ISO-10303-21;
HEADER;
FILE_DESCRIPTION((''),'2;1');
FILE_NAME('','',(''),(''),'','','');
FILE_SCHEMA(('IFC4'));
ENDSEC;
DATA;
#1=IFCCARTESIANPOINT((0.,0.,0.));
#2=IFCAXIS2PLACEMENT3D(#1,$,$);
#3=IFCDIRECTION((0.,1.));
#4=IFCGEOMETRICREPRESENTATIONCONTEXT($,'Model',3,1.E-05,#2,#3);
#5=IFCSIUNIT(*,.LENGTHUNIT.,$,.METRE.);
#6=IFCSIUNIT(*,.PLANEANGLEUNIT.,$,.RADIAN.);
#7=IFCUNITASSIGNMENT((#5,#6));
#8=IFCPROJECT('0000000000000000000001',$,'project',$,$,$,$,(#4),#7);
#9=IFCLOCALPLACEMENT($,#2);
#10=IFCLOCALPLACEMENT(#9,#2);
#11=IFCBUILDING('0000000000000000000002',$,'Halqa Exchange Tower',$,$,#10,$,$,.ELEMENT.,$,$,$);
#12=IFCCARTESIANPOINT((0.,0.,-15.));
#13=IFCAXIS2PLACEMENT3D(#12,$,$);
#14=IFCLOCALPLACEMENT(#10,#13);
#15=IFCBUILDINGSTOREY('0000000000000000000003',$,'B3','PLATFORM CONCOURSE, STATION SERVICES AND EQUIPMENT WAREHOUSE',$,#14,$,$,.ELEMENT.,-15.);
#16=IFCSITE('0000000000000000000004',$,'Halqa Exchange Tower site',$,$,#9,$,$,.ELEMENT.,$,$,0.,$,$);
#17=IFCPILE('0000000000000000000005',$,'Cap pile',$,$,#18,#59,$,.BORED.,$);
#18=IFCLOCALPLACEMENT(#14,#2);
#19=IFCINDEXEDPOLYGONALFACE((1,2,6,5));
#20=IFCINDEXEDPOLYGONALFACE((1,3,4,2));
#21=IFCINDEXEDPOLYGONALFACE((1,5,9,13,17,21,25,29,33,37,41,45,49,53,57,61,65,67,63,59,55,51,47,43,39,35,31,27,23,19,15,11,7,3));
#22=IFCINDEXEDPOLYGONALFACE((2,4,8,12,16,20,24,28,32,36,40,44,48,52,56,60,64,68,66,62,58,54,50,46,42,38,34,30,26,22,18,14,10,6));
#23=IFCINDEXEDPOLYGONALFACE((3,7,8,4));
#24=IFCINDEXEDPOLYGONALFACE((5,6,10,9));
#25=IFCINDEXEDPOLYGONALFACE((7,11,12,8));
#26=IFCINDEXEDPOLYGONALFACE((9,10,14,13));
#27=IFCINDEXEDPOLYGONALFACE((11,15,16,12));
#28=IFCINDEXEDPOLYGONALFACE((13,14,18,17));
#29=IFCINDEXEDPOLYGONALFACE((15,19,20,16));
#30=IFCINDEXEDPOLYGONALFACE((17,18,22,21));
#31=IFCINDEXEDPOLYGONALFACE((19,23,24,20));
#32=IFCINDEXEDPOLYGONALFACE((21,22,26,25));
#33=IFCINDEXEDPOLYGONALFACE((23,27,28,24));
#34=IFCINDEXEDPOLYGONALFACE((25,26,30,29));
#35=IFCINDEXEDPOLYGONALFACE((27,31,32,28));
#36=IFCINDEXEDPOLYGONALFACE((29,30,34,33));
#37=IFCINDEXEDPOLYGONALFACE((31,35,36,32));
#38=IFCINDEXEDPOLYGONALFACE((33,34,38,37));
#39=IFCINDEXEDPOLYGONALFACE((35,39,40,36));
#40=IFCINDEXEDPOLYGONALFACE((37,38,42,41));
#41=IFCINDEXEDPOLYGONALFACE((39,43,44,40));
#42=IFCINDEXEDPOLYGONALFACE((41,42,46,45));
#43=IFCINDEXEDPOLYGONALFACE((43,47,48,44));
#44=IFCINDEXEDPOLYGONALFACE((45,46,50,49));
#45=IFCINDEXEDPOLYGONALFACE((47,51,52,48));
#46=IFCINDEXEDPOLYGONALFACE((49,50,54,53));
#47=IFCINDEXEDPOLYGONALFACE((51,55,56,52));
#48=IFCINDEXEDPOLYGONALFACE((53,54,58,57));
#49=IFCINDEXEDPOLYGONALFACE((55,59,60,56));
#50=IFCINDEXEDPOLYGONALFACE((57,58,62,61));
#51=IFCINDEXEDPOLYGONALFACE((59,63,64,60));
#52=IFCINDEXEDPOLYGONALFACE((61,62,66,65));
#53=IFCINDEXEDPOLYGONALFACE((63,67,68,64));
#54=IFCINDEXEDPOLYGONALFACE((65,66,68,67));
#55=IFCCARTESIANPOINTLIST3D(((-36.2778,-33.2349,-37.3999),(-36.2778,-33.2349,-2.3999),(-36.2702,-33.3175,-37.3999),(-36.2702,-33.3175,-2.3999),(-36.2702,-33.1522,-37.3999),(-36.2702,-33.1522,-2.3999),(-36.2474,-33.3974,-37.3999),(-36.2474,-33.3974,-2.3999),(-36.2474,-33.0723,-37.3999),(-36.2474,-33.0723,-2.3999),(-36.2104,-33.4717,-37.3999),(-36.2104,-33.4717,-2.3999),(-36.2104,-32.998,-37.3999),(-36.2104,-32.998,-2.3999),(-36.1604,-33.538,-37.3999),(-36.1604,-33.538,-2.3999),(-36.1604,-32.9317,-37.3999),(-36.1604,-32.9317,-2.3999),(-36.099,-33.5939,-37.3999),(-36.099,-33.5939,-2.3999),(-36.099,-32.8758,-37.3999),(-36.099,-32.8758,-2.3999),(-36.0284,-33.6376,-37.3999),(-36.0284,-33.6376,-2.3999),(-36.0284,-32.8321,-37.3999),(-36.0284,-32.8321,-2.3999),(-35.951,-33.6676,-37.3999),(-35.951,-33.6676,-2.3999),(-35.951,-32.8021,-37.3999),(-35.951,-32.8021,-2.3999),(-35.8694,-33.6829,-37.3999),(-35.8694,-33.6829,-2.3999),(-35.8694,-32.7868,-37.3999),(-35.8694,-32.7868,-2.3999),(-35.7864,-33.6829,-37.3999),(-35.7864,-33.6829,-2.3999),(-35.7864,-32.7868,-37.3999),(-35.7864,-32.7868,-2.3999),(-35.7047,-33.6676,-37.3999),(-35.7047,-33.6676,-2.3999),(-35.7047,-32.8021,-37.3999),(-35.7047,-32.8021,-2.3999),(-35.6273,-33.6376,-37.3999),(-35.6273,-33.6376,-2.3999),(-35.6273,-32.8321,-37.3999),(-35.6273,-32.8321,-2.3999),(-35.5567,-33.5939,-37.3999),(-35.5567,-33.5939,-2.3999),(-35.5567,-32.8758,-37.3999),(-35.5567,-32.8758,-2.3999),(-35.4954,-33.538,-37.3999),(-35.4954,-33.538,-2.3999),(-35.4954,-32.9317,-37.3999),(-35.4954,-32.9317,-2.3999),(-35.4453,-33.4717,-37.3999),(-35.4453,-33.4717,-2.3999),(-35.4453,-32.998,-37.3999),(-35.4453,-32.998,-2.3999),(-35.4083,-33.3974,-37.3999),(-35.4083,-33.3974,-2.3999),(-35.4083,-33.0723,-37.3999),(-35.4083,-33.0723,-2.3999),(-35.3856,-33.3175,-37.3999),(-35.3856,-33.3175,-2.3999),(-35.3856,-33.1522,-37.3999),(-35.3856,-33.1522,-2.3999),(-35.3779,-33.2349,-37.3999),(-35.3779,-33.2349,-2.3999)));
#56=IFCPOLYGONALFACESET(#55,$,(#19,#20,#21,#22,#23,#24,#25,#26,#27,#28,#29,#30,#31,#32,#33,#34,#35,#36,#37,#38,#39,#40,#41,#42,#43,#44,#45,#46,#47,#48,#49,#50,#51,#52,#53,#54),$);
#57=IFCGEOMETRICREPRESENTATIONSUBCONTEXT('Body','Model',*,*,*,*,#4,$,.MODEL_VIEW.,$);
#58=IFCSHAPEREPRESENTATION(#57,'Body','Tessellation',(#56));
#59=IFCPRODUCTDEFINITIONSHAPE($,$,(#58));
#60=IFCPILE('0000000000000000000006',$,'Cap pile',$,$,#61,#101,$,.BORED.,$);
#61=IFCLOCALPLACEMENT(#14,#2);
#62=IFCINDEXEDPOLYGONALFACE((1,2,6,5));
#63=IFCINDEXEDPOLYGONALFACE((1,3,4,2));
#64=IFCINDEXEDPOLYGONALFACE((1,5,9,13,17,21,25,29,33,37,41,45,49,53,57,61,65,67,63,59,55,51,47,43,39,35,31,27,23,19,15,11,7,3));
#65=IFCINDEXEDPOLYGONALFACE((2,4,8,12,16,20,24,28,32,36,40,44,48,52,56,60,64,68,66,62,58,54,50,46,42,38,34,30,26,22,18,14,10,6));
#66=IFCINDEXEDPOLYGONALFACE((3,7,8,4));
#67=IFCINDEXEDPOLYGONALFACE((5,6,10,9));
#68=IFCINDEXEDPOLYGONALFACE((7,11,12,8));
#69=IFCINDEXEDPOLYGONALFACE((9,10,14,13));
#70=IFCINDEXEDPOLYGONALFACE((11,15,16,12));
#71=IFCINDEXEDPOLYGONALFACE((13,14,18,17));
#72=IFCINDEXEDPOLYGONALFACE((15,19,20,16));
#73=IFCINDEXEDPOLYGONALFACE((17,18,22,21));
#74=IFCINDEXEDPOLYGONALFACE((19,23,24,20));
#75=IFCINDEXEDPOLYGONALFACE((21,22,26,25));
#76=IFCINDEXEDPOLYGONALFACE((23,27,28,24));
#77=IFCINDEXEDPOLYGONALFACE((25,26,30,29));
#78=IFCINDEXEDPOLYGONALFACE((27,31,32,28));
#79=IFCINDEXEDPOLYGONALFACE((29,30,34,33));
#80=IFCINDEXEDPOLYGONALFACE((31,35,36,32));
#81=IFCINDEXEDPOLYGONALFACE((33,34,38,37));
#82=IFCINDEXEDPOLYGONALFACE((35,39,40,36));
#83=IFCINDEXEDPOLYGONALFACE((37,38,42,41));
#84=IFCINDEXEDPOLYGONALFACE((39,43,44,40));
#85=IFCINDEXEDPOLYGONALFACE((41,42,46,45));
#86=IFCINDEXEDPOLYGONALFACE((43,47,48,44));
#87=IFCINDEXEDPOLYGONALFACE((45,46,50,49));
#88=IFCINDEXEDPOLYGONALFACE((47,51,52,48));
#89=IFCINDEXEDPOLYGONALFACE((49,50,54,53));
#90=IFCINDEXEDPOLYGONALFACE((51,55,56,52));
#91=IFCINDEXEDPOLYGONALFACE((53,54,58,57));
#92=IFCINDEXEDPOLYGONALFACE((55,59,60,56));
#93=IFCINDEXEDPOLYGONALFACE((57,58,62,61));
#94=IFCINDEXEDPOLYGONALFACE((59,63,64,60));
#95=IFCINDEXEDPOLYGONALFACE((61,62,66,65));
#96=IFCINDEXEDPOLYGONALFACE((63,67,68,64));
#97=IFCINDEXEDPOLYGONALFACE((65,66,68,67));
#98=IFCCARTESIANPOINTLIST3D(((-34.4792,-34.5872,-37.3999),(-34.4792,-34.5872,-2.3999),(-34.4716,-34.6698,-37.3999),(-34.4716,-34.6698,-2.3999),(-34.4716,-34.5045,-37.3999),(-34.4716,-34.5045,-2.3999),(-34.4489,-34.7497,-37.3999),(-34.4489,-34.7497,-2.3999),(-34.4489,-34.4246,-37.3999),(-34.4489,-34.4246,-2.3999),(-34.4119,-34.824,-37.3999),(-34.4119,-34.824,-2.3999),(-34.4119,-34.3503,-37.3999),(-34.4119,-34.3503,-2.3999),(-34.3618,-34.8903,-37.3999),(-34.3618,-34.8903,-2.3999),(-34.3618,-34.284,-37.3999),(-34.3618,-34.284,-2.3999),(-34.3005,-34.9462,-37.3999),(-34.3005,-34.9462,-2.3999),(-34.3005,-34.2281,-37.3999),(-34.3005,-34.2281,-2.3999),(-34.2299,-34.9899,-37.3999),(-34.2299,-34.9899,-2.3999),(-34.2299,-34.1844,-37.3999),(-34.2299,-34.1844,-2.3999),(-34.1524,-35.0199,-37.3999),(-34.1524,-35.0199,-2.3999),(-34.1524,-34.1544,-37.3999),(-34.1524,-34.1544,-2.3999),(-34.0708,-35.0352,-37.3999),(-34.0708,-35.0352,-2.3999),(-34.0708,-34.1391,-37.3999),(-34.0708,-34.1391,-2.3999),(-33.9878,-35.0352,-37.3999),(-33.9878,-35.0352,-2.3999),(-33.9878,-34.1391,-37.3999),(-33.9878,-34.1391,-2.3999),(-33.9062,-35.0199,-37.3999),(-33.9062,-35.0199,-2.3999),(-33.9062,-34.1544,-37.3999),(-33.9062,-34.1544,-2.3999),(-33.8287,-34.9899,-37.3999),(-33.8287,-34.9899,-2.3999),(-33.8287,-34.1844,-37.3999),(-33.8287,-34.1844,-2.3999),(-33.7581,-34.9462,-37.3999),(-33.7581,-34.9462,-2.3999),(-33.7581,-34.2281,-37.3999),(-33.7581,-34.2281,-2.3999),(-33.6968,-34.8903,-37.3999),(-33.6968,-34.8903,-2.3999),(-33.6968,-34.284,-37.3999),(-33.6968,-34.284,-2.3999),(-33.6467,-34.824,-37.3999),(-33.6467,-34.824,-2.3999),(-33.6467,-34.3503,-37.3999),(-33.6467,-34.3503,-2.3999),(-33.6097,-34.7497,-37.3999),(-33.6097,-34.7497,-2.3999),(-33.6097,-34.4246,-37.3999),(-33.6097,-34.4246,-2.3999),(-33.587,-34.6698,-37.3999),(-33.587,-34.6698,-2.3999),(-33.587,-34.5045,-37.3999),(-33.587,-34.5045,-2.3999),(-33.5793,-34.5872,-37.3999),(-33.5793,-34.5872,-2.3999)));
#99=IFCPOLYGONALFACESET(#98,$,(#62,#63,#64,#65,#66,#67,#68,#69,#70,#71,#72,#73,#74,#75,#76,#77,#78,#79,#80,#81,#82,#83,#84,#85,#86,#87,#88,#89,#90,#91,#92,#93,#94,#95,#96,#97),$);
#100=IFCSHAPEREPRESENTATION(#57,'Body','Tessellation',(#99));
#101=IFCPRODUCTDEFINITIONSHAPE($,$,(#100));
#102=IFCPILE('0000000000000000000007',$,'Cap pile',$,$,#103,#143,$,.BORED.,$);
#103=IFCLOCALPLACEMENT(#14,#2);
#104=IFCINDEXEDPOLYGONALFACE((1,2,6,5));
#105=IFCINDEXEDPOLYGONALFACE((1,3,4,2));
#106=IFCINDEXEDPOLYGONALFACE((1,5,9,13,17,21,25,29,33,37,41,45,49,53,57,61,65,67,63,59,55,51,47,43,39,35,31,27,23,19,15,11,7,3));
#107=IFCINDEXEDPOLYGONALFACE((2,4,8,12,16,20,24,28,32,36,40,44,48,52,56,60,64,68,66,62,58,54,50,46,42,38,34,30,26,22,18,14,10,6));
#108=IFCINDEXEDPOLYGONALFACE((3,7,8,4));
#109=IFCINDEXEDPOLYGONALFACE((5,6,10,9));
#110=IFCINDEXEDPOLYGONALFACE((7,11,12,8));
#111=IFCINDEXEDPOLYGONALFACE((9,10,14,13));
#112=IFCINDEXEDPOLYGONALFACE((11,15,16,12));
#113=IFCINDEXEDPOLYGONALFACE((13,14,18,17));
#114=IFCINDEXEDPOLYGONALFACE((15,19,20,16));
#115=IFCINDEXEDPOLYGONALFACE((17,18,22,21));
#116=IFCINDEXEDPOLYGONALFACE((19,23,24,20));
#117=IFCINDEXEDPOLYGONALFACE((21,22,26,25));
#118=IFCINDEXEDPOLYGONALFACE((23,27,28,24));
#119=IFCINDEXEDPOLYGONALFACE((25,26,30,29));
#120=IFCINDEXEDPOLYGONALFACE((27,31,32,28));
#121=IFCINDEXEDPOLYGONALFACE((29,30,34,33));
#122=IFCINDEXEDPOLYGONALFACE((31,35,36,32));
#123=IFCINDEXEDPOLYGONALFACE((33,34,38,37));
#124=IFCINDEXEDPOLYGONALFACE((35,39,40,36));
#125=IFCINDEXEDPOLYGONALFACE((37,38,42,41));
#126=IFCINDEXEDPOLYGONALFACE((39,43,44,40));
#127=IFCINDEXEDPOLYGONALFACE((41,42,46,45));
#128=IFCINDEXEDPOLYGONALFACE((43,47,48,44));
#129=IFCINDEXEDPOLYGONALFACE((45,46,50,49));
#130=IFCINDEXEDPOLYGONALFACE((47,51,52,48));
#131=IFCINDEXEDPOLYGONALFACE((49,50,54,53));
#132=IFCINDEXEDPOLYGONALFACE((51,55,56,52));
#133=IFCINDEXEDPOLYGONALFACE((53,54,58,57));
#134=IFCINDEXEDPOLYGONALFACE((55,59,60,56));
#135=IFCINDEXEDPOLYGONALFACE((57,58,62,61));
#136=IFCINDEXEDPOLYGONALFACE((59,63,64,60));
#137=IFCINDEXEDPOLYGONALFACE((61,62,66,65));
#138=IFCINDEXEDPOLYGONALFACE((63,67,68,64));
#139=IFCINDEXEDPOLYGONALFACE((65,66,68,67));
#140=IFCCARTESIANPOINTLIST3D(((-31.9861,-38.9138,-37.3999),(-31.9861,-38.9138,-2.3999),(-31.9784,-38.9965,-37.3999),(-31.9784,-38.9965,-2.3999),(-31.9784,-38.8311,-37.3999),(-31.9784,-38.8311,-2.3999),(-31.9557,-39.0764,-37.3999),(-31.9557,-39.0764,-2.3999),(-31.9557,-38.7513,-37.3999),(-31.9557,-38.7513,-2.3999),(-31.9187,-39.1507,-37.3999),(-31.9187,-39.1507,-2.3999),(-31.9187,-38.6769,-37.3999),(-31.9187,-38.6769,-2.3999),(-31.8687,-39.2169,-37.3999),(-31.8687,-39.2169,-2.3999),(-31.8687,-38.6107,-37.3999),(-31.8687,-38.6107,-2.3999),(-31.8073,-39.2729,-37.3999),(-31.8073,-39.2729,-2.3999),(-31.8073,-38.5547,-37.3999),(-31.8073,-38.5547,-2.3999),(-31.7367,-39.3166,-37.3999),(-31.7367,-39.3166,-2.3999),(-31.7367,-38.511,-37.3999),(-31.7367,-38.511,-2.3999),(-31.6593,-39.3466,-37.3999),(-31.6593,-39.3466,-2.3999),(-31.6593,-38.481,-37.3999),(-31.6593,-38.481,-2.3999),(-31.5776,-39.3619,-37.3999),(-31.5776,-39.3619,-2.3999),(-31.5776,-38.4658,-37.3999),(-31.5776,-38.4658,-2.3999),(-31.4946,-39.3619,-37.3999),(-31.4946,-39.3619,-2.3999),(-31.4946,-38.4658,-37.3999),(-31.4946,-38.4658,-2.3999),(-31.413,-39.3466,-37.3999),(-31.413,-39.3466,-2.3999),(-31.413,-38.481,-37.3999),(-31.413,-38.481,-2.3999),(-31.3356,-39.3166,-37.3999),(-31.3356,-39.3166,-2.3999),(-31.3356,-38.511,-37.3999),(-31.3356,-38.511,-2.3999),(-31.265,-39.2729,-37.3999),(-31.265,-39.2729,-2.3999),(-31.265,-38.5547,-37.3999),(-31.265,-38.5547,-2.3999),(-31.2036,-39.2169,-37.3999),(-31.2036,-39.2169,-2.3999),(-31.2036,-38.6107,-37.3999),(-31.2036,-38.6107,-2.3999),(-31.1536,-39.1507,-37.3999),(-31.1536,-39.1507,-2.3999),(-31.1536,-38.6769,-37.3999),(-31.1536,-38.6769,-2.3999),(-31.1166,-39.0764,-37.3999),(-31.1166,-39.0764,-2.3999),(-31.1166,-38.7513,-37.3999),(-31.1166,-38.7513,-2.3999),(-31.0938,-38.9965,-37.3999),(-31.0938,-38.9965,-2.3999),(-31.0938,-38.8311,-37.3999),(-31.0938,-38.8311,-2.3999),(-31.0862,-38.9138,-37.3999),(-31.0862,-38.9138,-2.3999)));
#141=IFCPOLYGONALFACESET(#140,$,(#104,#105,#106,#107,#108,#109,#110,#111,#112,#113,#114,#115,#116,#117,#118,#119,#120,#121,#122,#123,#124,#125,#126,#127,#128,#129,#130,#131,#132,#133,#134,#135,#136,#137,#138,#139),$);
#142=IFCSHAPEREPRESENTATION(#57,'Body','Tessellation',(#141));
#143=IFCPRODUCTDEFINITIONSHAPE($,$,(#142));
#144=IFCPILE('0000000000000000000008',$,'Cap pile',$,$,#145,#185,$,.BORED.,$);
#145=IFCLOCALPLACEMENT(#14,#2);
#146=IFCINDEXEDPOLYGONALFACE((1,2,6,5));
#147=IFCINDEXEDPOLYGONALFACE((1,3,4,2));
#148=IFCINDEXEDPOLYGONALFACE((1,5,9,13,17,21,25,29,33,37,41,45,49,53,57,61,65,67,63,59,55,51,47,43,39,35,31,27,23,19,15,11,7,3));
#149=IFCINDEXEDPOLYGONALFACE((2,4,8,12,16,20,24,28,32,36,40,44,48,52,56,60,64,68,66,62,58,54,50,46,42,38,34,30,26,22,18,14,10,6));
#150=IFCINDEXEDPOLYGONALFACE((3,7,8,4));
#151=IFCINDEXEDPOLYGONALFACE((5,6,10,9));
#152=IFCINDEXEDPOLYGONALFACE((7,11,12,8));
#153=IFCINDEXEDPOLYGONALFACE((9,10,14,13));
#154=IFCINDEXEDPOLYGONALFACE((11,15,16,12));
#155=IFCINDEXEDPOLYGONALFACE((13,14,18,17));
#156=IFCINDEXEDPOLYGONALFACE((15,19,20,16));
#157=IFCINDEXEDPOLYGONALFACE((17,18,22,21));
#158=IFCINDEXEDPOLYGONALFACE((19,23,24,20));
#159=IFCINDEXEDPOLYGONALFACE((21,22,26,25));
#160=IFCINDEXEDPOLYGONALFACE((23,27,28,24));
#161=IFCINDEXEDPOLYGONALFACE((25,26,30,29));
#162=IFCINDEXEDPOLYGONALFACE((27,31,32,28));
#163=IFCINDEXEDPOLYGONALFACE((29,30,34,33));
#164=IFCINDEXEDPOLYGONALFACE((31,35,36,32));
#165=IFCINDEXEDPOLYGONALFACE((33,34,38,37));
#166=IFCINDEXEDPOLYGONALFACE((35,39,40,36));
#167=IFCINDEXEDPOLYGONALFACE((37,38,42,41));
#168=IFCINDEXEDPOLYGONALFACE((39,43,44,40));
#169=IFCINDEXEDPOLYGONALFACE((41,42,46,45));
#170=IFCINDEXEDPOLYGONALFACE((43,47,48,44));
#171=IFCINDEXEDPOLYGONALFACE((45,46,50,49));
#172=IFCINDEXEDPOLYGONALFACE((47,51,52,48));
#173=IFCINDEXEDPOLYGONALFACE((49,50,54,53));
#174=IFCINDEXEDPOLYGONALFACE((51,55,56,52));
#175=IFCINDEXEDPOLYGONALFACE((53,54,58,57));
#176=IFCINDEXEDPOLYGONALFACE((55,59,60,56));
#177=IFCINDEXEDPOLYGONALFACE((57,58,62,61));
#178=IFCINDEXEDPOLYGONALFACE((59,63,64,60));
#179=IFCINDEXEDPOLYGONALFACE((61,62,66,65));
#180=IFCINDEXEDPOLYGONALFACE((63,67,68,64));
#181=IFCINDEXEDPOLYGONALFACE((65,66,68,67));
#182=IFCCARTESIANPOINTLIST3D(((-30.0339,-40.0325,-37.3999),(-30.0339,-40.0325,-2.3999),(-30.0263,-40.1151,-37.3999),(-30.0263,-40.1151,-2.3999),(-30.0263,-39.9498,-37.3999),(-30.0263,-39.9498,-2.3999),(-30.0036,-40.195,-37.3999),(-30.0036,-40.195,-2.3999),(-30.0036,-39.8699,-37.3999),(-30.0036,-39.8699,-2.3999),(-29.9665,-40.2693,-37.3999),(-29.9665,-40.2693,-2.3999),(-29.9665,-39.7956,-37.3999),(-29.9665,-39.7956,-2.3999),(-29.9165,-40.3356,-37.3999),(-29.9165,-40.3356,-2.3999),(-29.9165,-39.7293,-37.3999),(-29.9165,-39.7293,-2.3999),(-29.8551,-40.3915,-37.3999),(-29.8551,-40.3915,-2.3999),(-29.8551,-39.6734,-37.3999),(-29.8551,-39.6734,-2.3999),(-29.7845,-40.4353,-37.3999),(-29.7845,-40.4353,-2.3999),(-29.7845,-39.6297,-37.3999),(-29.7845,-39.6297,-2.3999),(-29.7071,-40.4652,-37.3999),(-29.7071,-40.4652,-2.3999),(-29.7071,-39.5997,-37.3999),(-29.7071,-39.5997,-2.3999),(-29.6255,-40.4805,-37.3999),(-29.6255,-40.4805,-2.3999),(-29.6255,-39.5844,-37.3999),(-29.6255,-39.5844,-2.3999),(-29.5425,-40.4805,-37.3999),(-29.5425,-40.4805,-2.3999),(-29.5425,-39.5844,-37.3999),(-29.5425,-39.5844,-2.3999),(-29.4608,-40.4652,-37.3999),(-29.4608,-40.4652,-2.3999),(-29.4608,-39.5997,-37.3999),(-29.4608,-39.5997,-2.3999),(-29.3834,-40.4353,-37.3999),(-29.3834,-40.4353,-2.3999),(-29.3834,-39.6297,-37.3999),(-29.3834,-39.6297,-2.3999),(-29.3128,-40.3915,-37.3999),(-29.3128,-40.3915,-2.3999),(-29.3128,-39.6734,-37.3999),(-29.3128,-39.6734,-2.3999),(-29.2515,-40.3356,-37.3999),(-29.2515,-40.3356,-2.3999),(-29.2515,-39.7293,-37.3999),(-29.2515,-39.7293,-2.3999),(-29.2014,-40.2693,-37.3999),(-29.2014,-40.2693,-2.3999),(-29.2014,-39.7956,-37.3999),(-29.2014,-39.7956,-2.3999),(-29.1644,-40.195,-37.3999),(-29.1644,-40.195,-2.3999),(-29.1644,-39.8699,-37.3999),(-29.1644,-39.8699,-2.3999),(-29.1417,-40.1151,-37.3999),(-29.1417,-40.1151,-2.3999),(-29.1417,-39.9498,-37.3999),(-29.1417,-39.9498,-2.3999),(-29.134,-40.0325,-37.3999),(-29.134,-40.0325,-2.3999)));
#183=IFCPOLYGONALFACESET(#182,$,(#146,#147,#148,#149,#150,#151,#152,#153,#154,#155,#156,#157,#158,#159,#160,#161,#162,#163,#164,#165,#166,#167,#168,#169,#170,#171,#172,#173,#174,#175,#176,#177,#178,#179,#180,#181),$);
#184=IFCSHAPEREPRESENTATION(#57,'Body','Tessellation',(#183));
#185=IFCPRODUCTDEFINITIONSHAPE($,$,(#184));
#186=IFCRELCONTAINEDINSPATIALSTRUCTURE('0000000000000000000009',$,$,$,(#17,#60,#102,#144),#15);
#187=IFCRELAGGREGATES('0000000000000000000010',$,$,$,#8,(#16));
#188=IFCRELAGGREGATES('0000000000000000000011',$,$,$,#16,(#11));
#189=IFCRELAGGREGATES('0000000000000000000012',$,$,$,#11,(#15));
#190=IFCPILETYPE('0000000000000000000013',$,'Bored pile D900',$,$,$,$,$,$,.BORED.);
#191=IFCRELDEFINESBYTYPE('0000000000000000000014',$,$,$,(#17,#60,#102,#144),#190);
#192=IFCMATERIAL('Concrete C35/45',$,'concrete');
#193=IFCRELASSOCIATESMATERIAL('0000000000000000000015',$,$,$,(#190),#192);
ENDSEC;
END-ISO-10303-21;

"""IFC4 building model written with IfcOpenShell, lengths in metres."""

from ifc_helpers import new_model, si_unit, direction, frame, origin, origin_2d, place, context, subcontext, project, spatial, circle, extrude, material, material_profile, profile_set, type_object, element, save


model = new_model("IFC4")

# Units and contexts
model_context = context("Model", 3, precision=1e-05, world=origin(), true_north=direction((0.0, 1.0)))
body_context = subcontext(model_context, "Body", "Model", "MODEL_VIEW")
ifc_project = project(units=[si_unit("LENGTHUNIT", "METRE"), si_unit("PLANEANGLEUNIT", "RADIAN")], contexts=[model_context])

# Site, building, storey
site_placement = place(None, origin())
site = spatial("IfcSite", under=ifc_project, at=site_placement, Name="Halqa Exchange Tower site", CompositionType="ELEMENT", RefElevation=0.0)
building_placement = place(site_placement, origin())
building = spatial("IfcBuilding", under=site, at=building_placement, Name="Halqa Exchange Tower", CompositionType="ELEMENT")
storey_placement = place(building_placement, frame((0.0, 0.0, -15.0)))
storey = spatial("IfcBuildingStorey", under=building, at=storey_placement, Name="B3", Description="PLATFORM CONCOURSE, STATION SERVICES AND EQUIPMENT WAREHOUSE", CompositionType="ELEMENT", Elevation=-15.0)

# Piles
ifc_material_1 = material(Name="Concrete C35/45", Category="concrete")
ifc_material_profile_1 = material_profile(ifc_material_1, circle(Radius=0.45, at=origin_2d()), Name="D900")
ifc_profile_set_1 = profile_set([ifc_material_profile_1], Name="Concrete C35/45")
pile_type = type_object("IfcPileType", Name="Bored pile D900", PredefinedType="BORED", material=ifc_profile_set_1)
for number, where, z_axis, x_axis, name in (
    (1, (-35.8279, -33.2349, -2.3999), (0.0, 0.0, -1.0), (1.0, 0.0, 0.0), "Cap pile"),
    (2, (-34.0293, -34.5872, -2.3999), (0.0, 0.0, -1.0), (1.0, 0.0, 0.0), "Cap pile"),
    (3, (-31.5361, -38.9138, -2.3999), (0.0, 0.0, -1.0), (1.0, 0.0, 0.0), "Cap pile"),
    (4, (-29.584, -40.0325, -2.3999), (0.0, 0.0, -1.0), (1.0, 0.0, 0.0), "Cap pile"),
):
    element("IfcPile", number, at=place(storey_placement, frame(where, z_axis=z_axis, x_axis=x_axis)), inside=storey, type_object=pile_type, Name=name, PredefinedType="BORED", context=body_context, shape_type="SweptSolid", body=[
        extrude(circle(Radius=0.45, at=origin_2d()), origin(), (0.0, 0.0, 1.0), 35.0),
    ])

save(model, "model.ifc")
